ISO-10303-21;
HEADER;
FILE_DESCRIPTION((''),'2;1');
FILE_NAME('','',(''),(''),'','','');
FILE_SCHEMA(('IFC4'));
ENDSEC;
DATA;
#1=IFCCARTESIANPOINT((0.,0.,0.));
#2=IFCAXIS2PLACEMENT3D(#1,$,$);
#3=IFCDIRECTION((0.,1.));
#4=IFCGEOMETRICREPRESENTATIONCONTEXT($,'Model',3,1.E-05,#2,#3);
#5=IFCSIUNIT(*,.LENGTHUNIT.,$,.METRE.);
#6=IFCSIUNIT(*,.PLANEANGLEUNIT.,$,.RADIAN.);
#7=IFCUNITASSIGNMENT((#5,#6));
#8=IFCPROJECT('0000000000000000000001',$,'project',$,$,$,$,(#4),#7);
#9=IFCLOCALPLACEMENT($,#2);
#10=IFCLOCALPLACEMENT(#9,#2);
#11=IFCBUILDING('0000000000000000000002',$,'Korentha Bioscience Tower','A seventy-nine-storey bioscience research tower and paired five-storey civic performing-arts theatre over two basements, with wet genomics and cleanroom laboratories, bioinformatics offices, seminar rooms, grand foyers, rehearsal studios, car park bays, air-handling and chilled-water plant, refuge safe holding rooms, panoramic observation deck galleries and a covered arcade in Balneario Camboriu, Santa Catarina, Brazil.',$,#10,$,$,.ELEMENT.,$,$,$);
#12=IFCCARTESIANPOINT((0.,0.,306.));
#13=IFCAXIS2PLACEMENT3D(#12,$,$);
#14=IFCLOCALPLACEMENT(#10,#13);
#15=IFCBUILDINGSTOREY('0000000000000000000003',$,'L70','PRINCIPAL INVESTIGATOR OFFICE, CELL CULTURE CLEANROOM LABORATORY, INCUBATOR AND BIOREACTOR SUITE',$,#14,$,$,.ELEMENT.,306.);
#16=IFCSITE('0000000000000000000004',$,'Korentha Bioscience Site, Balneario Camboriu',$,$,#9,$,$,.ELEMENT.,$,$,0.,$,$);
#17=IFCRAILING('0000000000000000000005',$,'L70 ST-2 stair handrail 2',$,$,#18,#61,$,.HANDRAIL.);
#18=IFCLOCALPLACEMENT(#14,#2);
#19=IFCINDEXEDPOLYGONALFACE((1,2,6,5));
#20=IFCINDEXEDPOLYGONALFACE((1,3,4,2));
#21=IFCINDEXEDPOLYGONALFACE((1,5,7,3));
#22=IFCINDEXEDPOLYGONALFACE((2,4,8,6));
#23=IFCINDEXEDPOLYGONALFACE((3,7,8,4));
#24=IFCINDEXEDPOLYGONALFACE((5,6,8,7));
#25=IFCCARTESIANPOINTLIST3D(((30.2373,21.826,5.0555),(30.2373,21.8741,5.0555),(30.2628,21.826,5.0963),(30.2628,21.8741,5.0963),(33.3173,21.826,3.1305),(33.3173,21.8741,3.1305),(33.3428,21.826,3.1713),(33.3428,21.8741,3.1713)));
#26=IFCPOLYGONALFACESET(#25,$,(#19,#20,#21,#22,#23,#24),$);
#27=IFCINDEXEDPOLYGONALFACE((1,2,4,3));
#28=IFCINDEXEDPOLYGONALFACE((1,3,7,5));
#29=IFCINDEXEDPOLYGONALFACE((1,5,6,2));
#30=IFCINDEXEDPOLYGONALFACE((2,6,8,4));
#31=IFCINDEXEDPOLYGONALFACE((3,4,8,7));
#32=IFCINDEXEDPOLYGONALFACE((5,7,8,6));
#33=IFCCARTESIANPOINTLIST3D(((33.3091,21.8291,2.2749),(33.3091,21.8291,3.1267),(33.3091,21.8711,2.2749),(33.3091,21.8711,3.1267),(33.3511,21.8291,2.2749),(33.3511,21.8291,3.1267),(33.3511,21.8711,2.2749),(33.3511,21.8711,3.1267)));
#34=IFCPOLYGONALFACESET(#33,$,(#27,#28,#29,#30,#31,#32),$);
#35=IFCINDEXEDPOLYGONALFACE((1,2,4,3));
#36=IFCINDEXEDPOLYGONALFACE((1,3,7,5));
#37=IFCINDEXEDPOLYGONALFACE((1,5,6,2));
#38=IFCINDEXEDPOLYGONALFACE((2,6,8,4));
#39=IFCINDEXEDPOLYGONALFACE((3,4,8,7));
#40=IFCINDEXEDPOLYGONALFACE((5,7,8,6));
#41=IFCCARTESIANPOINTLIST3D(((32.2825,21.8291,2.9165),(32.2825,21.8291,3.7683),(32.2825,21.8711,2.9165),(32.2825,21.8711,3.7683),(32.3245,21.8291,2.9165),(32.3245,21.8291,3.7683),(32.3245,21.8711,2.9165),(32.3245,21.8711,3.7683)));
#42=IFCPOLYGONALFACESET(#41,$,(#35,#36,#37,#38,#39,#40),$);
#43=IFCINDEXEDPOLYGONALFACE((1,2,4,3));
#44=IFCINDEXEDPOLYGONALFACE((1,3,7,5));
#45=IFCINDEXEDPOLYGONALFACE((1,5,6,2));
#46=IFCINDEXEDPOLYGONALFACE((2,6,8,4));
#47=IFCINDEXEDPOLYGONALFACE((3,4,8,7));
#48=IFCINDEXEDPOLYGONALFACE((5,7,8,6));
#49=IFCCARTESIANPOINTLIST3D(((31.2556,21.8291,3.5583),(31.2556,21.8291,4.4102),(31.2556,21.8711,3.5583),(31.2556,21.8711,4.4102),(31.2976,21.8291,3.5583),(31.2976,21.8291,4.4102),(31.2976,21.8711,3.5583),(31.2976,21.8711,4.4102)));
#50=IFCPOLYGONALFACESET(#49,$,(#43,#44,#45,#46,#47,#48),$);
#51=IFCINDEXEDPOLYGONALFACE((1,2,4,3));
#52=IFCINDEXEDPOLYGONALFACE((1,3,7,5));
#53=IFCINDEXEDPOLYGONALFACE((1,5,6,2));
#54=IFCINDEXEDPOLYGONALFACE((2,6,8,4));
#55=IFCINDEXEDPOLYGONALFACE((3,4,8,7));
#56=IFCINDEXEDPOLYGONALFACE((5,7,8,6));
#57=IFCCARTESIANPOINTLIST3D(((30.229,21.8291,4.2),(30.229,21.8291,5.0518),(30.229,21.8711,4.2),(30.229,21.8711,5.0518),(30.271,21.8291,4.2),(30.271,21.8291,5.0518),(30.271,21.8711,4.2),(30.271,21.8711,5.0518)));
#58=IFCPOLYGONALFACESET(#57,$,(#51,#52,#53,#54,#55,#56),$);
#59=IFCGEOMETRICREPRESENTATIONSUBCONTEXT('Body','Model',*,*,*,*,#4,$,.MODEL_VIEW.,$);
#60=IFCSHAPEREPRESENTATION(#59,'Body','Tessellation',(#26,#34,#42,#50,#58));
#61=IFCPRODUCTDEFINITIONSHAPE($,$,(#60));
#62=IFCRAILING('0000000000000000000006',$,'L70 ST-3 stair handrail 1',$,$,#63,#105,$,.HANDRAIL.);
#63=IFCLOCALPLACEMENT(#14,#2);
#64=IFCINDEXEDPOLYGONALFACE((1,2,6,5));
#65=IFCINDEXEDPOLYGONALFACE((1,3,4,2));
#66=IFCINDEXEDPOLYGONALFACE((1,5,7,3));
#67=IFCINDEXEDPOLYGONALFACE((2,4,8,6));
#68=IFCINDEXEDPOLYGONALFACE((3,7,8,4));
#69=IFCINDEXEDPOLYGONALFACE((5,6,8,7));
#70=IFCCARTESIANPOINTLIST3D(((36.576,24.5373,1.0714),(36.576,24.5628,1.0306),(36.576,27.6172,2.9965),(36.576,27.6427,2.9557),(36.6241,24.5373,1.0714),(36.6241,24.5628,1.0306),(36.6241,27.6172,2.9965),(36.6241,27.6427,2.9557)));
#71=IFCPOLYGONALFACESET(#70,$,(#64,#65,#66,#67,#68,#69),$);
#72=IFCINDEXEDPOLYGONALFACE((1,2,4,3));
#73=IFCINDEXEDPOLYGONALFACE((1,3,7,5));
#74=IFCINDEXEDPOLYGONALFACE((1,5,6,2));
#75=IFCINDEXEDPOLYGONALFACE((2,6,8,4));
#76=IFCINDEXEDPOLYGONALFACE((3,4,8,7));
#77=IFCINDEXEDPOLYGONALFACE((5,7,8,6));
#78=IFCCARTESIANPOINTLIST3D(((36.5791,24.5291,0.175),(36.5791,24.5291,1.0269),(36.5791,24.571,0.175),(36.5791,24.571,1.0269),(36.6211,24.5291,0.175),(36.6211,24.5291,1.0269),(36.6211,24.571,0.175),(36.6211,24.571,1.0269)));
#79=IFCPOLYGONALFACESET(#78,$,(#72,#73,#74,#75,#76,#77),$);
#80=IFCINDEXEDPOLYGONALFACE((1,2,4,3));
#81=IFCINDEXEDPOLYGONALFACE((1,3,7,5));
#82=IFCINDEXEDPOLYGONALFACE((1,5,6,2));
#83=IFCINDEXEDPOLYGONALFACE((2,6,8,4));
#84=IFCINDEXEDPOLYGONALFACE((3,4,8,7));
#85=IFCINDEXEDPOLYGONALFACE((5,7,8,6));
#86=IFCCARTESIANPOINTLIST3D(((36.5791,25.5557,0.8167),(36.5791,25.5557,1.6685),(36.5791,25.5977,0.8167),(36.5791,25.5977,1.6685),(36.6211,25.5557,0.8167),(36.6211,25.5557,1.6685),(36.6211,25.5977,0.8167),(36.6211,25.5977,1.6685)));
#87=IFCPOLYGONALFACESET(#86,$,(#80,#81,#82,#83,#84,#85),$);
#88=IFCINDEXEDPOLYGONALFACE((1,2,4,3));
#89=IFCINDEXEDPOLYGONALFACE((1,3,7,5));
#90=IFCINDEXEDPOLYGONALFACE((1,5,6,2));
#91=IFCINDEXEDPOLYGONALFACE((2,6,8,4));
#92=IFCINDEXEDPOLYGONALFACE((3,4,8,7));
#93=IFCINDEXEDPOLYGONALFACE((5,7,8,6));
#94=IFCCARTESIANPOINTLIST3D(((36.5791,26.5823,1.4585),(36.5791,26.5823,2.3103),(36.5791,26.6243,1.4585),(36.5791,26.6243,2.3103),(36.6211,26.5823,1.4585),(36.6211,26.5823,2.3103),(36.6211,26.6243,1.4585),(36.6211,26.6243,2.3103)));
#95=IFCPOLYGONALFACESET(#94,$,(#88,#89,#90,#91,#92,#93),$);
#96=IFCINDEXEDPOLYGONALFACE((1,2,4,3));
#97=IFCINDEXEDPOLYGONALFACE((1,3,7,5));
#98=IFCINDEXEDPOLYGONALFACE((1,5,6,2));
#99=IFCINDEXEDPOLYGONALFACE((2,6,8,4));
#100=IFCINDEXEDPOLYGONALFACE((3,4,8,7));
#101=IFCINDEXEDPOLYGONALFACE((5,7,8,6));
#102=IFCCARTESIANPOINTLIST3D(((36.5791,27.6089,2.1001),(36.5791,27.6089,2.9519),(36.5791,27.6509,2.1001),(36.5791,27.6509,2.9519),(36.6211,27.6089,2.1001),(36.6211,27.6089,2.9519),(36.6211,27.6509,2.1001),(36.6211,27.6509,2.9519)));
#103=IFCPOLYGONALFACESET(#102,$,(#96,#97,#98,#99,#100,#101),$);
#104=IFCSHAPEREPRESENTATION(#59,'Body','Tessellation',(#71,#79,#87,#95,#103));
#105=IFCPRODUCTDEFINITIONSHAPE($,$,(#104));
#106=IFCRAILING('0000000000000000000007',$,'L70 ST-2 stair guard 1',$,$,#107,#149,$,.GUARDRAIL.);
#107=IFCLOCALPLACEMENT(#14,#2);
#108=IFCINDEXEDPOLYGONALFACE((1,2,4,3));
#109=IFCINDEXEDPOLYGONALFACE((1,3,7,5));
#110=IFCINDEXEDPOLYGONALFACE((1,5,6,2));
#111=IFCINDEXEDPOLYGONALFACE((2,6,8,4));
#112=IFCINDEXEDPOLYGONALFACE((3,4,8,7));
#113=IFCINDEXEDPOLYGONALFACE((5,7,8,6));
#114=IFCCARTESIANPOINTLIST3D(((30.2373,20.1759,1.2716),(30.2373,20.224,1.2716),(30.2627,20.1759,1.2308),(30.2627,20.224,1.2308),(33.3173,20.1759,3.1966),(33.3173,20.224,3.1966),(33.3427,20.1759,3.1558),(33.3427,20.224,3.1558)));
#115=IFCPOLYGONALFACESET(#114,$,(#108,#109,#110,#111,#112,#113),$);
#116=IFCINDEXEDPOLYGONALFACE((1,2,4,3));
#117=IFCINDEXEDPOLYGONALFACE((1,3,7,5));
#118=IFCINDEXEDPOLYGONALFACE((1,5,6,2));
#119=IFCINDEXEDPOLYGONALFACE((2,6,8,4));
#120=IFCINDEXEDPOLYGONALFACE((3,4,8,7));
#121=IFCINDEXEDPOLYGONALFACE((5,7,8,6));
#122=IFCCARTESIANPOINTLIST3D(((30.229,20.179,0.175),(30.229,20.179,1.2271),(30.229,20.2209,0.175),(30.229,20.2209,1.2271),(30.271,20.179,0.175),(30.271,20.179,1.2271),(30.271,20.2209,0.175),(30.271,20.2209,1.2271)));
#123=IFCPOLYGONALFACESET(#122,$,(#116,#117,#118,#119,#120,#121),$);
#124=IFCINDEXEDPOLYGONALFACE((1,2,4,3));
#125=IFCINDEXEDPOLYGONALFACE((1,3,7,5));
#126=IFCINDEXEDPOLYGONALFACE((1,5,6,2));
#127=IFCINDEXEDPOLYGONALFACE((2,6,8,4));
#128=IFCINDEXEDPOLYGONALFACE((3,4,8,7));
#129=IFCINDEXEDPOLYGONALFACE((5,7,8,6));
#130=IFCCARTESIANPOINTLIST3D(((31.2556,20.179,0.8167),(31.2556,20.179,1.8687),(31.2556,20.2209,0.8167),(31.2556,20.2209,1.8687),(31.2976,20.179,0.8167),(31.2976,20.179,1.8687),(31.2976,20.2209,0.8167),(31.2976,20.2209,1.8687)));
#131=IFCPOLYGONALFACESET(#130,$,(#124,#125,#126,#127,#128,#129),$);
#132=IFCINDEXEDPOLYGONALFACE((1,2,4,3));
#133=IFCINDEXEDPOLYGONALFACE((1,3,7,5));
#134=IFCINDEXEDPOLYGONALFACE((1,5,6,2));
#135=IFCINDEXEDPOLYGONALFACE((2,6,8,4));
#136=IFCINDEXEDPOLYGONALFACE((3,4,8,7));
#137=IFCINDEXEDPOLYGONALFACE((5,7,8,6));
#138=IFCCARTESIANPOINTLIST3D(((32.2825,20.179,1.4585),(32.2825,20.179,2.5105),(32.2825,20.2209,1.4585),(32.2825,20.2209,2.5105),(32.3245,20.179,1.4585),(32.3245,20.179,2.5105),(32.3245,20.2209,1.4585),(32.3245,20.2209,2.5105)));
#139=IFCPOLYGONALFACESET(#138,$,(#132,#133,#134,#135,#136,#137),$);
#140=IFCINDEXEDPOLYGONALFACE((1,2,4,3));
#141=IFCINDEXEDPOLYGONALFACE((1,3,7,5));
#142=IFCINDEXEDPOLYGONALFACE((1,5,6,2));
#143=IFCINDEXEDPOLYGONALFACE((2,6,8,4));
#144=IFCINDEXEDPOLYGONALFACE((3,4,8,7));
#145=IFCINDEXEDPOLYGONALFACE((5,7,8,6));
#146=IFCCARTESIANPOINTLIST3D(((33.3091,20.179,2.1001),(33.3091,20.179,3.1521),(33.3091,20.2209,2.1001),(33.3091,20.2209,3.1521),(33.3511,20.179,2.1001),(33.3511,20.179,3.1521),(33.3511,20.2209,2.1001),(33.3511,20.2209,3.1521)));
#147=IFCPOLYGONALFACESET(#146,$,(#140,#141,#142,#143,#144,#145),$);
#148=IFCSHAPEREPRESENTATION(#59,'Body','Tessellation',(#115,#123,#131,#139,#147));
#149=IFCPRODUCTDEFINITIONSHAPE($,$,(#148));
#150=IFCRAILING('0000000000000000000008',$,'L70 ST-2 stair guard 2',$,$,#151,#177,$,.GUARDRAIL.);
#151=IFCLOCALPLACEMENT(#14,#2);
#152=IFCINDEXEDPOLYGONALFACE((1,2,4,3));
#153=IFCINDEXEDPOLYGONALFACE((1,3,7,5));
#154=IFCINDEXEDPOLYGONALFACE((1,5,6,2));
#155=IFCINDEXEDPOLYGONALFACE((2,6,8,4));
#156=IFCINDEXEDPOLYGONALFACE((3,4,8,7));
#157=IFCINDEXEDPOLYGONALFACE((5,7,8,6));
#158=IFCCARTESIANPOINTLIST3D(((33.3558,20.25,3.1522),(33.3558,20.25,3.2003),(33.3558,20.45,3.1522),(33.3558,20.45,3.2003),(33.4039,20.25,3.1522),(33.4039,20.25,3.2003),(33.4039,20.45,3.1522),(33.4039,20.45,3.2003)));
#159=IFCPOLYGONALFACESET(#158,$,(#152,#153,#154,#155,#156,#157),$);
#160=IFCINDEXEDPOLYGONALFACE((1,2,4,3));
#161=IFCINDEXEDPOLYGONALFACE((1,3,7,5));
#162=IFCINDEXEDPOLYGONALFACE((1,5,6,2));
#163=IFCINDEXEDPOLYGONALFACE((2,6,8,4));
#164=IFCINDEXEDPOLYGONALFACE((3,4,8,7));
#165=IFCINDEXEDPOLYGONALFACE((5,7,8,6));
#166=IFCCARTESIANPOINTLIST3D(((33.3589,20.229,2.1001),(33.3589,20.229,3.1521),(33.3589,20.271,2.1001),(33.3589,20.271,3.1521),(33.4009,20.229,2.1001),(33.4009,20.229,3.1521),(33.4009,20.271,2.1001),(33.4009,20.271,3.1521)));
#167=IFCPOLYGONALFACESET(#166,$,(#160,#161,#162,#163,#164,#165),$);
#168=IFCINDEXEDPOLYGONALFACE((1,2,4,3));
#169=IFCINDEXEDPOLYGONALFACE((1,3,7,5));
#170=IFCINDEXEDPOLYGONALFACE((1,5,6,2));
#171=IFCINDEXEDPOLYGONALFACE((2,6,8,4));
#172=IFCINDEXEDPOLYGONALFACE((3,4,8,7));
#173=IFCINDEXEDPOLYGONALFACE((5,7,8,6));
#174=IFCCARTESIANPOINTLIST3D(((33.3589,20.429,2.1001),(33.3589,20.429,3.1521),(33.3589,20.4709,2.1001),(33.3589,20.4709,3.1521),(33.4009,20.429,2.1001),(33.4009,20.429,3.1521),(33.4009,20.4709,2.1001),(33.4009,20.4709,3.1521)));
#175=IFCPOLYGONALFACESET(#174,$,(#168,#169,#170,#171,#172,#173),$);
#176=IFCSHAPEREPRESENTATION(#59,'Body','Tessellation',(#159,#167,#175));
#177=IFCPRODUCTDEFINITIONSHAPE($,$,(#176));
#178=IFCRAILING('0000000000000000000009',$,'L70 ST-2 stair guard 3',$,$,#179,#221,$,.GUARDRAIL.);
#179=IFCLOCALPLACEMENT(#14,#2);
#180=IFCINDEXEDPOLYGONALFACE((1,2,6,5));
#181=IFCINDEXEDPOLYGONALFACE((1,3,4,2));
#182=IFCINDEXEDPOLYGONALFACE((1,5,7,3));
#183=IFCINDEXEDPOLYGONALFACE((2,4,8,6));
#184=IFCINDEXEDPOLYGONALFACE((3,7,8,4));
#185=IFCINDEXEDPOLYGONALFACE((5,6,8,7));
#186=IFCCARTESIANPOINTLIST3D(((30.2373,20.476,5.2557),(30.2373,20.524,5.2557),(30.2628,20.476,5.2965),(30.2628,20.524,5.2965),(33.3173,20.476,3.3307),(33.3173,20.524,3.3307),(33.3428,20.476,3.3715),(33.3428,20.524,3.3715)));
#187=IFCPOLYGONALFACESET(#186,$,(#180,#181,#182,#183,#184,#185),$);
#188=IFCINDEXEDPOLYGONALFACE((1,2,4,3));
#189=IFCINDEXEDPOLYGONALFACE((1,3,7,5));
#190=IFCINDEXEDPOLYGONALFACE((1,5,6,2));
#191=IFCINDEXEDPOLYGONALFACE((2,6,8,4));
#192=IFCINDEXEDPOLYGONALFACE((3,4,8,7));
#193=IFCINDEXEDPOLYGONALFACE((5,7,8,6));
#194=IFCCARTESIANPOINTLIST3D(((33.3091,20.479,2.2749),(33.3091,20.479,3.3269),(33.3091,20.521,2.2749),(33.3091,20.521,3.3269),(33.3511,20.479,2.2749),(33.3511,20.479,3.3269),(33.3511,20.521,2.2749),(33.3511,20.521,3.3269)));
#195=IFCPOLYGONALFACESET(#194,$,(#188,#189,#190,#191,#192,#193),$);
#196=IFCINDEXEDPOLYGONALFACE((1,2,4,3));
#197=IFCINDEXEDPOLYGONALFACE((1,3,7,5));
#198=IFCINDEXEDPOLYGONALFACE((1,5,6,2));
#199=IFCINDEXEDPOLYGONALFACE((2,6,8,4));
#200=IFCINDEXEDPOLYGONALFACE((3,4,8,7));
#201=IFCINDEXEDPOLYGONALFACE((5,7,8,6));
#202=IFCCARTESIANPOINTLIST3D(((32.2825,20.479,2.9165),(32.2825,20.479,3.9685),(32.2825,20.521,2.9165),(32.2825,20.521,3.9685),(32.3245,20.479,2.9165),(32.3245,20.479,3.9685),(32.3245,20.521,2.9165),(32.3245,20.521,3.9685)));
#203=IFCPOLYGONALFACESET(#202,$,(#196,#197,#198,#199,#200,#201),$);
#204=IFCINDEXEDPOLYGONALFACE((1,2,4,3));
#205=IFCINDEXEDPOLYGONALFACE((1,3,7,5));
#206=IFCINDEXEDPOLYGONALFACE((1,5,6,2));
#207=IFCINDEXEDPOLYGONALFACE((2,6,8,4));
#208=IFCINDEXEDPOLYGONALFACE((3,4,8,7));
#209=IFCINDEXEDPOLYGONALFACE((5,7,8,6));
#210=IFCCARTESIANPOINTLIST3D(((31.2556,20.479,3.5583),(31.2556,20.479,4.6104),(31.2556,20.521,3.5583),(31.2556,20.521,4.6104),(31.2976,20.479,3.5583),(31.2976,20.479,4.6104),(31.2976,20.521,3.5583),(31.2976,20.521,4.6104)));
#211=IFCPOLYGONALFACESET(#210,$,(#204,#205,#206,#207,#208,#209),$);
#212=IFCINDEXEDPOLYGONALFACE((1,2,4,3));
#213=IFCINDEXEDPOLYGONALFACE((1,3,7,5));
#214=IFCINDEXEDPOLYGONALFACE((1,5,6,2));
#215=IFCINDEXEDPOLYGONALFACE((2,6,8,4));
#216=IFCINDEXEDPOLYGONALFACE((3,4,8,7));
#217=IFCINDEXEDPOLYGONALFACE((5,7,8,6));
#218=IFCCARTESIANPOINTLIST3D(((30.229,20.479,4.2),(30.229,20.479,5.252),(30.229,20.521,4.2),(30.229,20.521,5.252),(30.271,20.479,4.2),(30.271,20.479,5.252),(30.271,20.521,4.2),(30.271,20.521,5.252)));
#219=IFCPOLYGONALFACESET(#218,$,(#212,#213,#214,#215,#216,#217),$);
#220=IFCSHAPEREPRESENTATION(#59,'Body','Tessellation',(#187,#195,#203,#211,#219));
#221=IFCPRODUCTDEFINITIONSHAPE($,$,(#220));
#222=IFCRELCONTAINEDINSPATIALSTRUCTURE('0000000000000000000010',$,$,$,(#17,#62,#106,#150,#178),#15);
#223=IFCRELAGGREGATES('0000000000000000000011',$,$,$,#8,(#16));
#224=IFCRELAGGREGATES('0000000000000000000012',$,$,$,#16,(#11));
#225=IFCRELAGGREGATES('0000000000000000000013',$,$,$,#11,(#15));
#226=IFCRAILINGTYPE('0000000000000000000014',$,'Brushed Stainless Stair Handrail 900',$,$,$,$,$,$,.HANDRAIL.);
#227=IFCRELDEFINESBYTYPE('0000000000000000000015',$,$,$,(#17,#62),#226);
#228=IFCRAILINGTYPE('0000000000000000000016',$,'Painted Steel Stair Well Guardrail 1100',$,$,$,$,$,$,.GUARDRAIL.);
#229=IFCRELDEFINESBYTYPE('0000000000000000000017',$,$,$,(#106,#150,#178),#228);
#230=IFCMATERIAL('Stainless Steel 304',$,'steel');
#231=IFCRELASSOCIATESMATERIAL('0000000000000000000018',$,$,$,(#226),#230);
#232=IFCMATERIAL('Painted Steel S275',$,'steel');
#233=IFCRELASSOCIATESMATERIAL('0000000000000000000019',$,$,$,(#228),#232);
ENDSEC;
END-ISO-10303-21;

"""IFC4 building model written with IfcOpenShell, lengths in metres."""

from ifc_helpers import new_model, si_unit, direction, frame, origin, origin_2d, place, context, subcontext, project, spatial, rectangle, extrude, material, type_object, element, save


model = new_model("IFC4")

# Units and contexts
model_context = context("Model", 3, precision=1e-05, world=origin(), true_north=direction((0.0, 1.0)))
body_context = subcontext(model_context, "Body", "Model", "MODEL_VIEW")
ifc_project = project(units=[si_unit("LENGTHUNIT", "METRE"), si_unit("PLANEANGLEUNIT", "RADIAN")], contexts=[model_context])

# Site, building, storey
site_placement = place(None, origin())
site = spatial("IfcSite", under=ifc_project, at=site_placement, Name="Korentha Bioscience Site, Balneario Camboriu", CompositionType="ELEMENT", RefElevation=0.0)
building_placement = place(site_placement, origin())
building = spatial("IfcBuilding", under=site, at=building_placement, Name="Korentha Bioscience Tower", Description="A seventy-nine-storey bioscience research tower and paired five-storey civic performing-arts theatre over two basements, with wet genomics and cleanroom laboratories, bioinformatics offices, seminar rooms, grand foyers, rehearsal studios, car park bays, air-handling and chilled-water plant, refuge safe holding rooms, panoramic observation deck galleries and a covered arcade in Balneario Camboriu, Santa Catarina, Brazil.", CompositionType="ELEMENT")
storey_placement = place(building_placement, frame((0.0, 0.0, 306.0)))
storey = spatial("IfcBuildingStorey", under=building, at=storey_placement, Name="L70", Description="PRINCIPAL INVESTIGATOR OFFICE, CELL CULTURE CLEANROOM LABORATORY, INCUBATOR AND BIOREACTOR SUITE", CompositionType="ELEMENT", Elevation=306.0)

# Railings
ifc_material_1 = material(Name="Stainless Steel 304", Category="steel")
railing_type_1 = type_object("IfcRailingType", Name="Brushed Stainless Stair Handrail 900", PredefinedType="HANDRAIL", material=ifc_material_1)
railing_1_placement = place(storey_placement, frame((33.3301, 21.8501, 2.2749)))
element("IfcRailing", 1, at=railing_1_placement, inside=storey, type_object=railing_type_1, Name="L70 ST-2 stair handrail 2", PredefinedType="HANDRAIL", context=body_context, shape_type="SweptSolid", body=[
    extrude(rectangle(XDim=0.0481, YDim=0.0481, at=origin_2d()), frame((0.0, 0.0, 0.876), z_axis=(-0.847998, 0.0, 0.529999), x_axis=(0.0, -1.0, 0.0)), (0.0, 0.0, 1.0), 3.6321),
    extrude(rectangle(XDim=0.042, YDim=0.042, at=origin_2d()), origin(), (0.0, 0.0, 1.0), 0.8518),
    extrude(rectangle(XDim=0.042, YDim=0.042, at=origin_2d()), frame((-1.0266, 0.0, 0.6416)), (0.0, 0.0, 1.0), 0.8518),
    extrude(rectangle(XDim=0.042, YDim=0.042, at=origin_2d()), frame((-2.0535, 0.0, 1.2834)), (0.0, 0.0, 1.0), 0.8518),
    extrude(rectangle(XDim=0.042, YDim=0.042, at=origin_2d()), frame((-3.0801, 0.0, 1.925)), (0.0, 0.0, 1.0), 0.8518),
])
railing_2_placement = place(storey_placement, frame((36.6001, 24.55, 0.175)))
element("IfcRailing", 2, at=railing_2_placement, inside=storey, type_object=railing_type_1, Name="L70 ST-3 stair handrail 1", PredefinedType="HANDRAIL", context=body_context, shape_type="SweptSolid", body=[
    extrude(rectangle(XDim=0.0481, YDim=0.0481, at=origin_2d()), frame((0.0, 0.0, 0.876), z_axis=(0.0, 0.847979, 0.530029), x_axis=(-1.0, 0.0, 0.0)), (0.0, 0.0, 1.0), 3.6321),
    extrude(rectangle(XDim=0.042, YDim=0.042, at=origin_2d()), origin(), (0.0, 0.0, 1.0), 0.8518),
    extrude(rectangle(XDim=0.042, YDim=0.042, at=origin_2d()), frame((0.0, 1.0266, 0.6416)), (0.0, 0.0, 1.0), 0.8518),
    extrude(rectangle(XDim=0.042, YDim=0.042, at=origin_2d()), frame((0.0, 2.0532, 1.2834)), (0.0, 0.0, 1.0), 0.8518),
    extrude(rectangle(XDim=0.042, YDim=0.042, at=origin_2d()), frame((0.0, 3.0798, 1.925)), (0.0, 0.0, 1.0), 0.8518),
])
ifc_material_2 = material(Name="Painted Steel S275", Category="steel")
railing_type_2 = type_object("IfcRailingType", Name="Painted Steel Stair Well Guardrail 1100", PredefinedType="GUARDRAIL", material=ifc_material_2)
railing_3_placement = place(storey_placement, frame((30.25, 20.2, 0.175)))
element("IfcRailing", 3, at=railing_3_placement, inside=storey, type_object=railing_type_2, Name="L70 ST-2 stair guard 1", PredefinedType="GUARDRAIL", context=body_context, shape_type="SweptSolid", body=[
    extrude(rectangle(XDim=0.0481, YDim=0.0481, at=origin_2d()), frame((0.0, 0.0, 1.0762), z_axis=(0.847998, 0.0, 0.529999), x_axis=(0.0, 1.0, 0.0)), (0.0, 0.0, 1.0), 3.6321),
    extrude(rectangle(XDim=0.042, YDim=0.042, at=origin_2d()), origin(), (0.0, 0.0, 1.0), 1.052),
    extrude(rectangle(XDim=0.042, YDim=0.042, at=origin_2d()), frame((1.0266, 0.0, 0.6416)), (0.0, 0.0, 1.0), 1.052),
    extrude(rectangle(XDim=0.042, YDim=0.042, at=origin_2d()), frame((2.0535, 0.0, 1.2834)), (0.0, 0.0, 1.0), 1.052),
    extrude(rectangle(XDim=0.042, YDim=0.042, at=origin_2d()), frame((3.0801, 0.0, 1.925)), (0.0, 0.0, 1.0), 1.052),
])
railing_4_placement = place(storey_placement, frame((33.3799, 20.25, 2.1001)))
element("IfcRailing", 4, at=railing_4_placement, inside=storey, type_object=railing_type_2, Name="L70 ST-2 stair guard 2", PredefinedType="GUARDRAIL", context=body_context, shape_type="SweptSolid", body=[
    extrude(rectangle(XDim=0.0481, YDim=0.0481, at=origin_2d()), frame((0.0, 0.0, 1.0762), z_axis=(0.0, 1.0, 0.0), x_axis=(-1.0, 0.0, 0.0)), (0.0, 0.0, 1.0), 0.2),
    extrude(rectangle(XDim=0.042, YDim=0.042, at=origin_2d()), origin(), (0.0, 0.0, 1.0), 1.052),
    extrude(rectangle(XDim=0.042, YDim=0.042, at=origin_2d()), frame((0.0, 0.2, 0.0)), (0.0, 0.0, 1.0), 1.052),
])
railing_5_placement = place(storey_placement, frame((33.3301, 20.5, 2.2749)))
element("IfcRailing", 5, at=railing_5_placement, inside=storey, type_object=railing_type_2, Name="L70 ST-2 stair guard 3", PredefinedType="GUARDRAIL", context=body_context, shape_type="SweptSolid", body=[
    extrude(rectangle(XDim=0.0481, YDim=0.0481, at=origin_2d()), frame((0.0, 0.0, 1.0762), z_axis=(-0.847998, 0.0, 0.529999), x_axis=(0.0, -1.0, 0.0)), (0.0, 0.0, 1.0), 3.6321),
    extrude(rectangle(XDim=0.042, YDim=0.042, at=origin_2d()), origin(), (0.0, 0.0, 1.0), 1.052),
    extrude(rectangle(XDim=0.042, YDim=0.042, at=origin_2d()), frame((-1.0266, 0.0, 0.6416)), (0.0, 0.0, 1.0), 1.052),
    extrude(rectangle(XDim=0.042, YDim=0.042, at=origin_2d()), frame((-2.0535, 0.0, 1.2834)), (0.0, 0.0, 1.0), 1.052),
    extrude(rectangle(XDim=0.042, YDim=0.042, at=origin_2d()), frame((-3.0801, 0.0, 1.925)), (0.0, 0.0, 1.0), 1.052),
])

save(model, "model.ifc")
